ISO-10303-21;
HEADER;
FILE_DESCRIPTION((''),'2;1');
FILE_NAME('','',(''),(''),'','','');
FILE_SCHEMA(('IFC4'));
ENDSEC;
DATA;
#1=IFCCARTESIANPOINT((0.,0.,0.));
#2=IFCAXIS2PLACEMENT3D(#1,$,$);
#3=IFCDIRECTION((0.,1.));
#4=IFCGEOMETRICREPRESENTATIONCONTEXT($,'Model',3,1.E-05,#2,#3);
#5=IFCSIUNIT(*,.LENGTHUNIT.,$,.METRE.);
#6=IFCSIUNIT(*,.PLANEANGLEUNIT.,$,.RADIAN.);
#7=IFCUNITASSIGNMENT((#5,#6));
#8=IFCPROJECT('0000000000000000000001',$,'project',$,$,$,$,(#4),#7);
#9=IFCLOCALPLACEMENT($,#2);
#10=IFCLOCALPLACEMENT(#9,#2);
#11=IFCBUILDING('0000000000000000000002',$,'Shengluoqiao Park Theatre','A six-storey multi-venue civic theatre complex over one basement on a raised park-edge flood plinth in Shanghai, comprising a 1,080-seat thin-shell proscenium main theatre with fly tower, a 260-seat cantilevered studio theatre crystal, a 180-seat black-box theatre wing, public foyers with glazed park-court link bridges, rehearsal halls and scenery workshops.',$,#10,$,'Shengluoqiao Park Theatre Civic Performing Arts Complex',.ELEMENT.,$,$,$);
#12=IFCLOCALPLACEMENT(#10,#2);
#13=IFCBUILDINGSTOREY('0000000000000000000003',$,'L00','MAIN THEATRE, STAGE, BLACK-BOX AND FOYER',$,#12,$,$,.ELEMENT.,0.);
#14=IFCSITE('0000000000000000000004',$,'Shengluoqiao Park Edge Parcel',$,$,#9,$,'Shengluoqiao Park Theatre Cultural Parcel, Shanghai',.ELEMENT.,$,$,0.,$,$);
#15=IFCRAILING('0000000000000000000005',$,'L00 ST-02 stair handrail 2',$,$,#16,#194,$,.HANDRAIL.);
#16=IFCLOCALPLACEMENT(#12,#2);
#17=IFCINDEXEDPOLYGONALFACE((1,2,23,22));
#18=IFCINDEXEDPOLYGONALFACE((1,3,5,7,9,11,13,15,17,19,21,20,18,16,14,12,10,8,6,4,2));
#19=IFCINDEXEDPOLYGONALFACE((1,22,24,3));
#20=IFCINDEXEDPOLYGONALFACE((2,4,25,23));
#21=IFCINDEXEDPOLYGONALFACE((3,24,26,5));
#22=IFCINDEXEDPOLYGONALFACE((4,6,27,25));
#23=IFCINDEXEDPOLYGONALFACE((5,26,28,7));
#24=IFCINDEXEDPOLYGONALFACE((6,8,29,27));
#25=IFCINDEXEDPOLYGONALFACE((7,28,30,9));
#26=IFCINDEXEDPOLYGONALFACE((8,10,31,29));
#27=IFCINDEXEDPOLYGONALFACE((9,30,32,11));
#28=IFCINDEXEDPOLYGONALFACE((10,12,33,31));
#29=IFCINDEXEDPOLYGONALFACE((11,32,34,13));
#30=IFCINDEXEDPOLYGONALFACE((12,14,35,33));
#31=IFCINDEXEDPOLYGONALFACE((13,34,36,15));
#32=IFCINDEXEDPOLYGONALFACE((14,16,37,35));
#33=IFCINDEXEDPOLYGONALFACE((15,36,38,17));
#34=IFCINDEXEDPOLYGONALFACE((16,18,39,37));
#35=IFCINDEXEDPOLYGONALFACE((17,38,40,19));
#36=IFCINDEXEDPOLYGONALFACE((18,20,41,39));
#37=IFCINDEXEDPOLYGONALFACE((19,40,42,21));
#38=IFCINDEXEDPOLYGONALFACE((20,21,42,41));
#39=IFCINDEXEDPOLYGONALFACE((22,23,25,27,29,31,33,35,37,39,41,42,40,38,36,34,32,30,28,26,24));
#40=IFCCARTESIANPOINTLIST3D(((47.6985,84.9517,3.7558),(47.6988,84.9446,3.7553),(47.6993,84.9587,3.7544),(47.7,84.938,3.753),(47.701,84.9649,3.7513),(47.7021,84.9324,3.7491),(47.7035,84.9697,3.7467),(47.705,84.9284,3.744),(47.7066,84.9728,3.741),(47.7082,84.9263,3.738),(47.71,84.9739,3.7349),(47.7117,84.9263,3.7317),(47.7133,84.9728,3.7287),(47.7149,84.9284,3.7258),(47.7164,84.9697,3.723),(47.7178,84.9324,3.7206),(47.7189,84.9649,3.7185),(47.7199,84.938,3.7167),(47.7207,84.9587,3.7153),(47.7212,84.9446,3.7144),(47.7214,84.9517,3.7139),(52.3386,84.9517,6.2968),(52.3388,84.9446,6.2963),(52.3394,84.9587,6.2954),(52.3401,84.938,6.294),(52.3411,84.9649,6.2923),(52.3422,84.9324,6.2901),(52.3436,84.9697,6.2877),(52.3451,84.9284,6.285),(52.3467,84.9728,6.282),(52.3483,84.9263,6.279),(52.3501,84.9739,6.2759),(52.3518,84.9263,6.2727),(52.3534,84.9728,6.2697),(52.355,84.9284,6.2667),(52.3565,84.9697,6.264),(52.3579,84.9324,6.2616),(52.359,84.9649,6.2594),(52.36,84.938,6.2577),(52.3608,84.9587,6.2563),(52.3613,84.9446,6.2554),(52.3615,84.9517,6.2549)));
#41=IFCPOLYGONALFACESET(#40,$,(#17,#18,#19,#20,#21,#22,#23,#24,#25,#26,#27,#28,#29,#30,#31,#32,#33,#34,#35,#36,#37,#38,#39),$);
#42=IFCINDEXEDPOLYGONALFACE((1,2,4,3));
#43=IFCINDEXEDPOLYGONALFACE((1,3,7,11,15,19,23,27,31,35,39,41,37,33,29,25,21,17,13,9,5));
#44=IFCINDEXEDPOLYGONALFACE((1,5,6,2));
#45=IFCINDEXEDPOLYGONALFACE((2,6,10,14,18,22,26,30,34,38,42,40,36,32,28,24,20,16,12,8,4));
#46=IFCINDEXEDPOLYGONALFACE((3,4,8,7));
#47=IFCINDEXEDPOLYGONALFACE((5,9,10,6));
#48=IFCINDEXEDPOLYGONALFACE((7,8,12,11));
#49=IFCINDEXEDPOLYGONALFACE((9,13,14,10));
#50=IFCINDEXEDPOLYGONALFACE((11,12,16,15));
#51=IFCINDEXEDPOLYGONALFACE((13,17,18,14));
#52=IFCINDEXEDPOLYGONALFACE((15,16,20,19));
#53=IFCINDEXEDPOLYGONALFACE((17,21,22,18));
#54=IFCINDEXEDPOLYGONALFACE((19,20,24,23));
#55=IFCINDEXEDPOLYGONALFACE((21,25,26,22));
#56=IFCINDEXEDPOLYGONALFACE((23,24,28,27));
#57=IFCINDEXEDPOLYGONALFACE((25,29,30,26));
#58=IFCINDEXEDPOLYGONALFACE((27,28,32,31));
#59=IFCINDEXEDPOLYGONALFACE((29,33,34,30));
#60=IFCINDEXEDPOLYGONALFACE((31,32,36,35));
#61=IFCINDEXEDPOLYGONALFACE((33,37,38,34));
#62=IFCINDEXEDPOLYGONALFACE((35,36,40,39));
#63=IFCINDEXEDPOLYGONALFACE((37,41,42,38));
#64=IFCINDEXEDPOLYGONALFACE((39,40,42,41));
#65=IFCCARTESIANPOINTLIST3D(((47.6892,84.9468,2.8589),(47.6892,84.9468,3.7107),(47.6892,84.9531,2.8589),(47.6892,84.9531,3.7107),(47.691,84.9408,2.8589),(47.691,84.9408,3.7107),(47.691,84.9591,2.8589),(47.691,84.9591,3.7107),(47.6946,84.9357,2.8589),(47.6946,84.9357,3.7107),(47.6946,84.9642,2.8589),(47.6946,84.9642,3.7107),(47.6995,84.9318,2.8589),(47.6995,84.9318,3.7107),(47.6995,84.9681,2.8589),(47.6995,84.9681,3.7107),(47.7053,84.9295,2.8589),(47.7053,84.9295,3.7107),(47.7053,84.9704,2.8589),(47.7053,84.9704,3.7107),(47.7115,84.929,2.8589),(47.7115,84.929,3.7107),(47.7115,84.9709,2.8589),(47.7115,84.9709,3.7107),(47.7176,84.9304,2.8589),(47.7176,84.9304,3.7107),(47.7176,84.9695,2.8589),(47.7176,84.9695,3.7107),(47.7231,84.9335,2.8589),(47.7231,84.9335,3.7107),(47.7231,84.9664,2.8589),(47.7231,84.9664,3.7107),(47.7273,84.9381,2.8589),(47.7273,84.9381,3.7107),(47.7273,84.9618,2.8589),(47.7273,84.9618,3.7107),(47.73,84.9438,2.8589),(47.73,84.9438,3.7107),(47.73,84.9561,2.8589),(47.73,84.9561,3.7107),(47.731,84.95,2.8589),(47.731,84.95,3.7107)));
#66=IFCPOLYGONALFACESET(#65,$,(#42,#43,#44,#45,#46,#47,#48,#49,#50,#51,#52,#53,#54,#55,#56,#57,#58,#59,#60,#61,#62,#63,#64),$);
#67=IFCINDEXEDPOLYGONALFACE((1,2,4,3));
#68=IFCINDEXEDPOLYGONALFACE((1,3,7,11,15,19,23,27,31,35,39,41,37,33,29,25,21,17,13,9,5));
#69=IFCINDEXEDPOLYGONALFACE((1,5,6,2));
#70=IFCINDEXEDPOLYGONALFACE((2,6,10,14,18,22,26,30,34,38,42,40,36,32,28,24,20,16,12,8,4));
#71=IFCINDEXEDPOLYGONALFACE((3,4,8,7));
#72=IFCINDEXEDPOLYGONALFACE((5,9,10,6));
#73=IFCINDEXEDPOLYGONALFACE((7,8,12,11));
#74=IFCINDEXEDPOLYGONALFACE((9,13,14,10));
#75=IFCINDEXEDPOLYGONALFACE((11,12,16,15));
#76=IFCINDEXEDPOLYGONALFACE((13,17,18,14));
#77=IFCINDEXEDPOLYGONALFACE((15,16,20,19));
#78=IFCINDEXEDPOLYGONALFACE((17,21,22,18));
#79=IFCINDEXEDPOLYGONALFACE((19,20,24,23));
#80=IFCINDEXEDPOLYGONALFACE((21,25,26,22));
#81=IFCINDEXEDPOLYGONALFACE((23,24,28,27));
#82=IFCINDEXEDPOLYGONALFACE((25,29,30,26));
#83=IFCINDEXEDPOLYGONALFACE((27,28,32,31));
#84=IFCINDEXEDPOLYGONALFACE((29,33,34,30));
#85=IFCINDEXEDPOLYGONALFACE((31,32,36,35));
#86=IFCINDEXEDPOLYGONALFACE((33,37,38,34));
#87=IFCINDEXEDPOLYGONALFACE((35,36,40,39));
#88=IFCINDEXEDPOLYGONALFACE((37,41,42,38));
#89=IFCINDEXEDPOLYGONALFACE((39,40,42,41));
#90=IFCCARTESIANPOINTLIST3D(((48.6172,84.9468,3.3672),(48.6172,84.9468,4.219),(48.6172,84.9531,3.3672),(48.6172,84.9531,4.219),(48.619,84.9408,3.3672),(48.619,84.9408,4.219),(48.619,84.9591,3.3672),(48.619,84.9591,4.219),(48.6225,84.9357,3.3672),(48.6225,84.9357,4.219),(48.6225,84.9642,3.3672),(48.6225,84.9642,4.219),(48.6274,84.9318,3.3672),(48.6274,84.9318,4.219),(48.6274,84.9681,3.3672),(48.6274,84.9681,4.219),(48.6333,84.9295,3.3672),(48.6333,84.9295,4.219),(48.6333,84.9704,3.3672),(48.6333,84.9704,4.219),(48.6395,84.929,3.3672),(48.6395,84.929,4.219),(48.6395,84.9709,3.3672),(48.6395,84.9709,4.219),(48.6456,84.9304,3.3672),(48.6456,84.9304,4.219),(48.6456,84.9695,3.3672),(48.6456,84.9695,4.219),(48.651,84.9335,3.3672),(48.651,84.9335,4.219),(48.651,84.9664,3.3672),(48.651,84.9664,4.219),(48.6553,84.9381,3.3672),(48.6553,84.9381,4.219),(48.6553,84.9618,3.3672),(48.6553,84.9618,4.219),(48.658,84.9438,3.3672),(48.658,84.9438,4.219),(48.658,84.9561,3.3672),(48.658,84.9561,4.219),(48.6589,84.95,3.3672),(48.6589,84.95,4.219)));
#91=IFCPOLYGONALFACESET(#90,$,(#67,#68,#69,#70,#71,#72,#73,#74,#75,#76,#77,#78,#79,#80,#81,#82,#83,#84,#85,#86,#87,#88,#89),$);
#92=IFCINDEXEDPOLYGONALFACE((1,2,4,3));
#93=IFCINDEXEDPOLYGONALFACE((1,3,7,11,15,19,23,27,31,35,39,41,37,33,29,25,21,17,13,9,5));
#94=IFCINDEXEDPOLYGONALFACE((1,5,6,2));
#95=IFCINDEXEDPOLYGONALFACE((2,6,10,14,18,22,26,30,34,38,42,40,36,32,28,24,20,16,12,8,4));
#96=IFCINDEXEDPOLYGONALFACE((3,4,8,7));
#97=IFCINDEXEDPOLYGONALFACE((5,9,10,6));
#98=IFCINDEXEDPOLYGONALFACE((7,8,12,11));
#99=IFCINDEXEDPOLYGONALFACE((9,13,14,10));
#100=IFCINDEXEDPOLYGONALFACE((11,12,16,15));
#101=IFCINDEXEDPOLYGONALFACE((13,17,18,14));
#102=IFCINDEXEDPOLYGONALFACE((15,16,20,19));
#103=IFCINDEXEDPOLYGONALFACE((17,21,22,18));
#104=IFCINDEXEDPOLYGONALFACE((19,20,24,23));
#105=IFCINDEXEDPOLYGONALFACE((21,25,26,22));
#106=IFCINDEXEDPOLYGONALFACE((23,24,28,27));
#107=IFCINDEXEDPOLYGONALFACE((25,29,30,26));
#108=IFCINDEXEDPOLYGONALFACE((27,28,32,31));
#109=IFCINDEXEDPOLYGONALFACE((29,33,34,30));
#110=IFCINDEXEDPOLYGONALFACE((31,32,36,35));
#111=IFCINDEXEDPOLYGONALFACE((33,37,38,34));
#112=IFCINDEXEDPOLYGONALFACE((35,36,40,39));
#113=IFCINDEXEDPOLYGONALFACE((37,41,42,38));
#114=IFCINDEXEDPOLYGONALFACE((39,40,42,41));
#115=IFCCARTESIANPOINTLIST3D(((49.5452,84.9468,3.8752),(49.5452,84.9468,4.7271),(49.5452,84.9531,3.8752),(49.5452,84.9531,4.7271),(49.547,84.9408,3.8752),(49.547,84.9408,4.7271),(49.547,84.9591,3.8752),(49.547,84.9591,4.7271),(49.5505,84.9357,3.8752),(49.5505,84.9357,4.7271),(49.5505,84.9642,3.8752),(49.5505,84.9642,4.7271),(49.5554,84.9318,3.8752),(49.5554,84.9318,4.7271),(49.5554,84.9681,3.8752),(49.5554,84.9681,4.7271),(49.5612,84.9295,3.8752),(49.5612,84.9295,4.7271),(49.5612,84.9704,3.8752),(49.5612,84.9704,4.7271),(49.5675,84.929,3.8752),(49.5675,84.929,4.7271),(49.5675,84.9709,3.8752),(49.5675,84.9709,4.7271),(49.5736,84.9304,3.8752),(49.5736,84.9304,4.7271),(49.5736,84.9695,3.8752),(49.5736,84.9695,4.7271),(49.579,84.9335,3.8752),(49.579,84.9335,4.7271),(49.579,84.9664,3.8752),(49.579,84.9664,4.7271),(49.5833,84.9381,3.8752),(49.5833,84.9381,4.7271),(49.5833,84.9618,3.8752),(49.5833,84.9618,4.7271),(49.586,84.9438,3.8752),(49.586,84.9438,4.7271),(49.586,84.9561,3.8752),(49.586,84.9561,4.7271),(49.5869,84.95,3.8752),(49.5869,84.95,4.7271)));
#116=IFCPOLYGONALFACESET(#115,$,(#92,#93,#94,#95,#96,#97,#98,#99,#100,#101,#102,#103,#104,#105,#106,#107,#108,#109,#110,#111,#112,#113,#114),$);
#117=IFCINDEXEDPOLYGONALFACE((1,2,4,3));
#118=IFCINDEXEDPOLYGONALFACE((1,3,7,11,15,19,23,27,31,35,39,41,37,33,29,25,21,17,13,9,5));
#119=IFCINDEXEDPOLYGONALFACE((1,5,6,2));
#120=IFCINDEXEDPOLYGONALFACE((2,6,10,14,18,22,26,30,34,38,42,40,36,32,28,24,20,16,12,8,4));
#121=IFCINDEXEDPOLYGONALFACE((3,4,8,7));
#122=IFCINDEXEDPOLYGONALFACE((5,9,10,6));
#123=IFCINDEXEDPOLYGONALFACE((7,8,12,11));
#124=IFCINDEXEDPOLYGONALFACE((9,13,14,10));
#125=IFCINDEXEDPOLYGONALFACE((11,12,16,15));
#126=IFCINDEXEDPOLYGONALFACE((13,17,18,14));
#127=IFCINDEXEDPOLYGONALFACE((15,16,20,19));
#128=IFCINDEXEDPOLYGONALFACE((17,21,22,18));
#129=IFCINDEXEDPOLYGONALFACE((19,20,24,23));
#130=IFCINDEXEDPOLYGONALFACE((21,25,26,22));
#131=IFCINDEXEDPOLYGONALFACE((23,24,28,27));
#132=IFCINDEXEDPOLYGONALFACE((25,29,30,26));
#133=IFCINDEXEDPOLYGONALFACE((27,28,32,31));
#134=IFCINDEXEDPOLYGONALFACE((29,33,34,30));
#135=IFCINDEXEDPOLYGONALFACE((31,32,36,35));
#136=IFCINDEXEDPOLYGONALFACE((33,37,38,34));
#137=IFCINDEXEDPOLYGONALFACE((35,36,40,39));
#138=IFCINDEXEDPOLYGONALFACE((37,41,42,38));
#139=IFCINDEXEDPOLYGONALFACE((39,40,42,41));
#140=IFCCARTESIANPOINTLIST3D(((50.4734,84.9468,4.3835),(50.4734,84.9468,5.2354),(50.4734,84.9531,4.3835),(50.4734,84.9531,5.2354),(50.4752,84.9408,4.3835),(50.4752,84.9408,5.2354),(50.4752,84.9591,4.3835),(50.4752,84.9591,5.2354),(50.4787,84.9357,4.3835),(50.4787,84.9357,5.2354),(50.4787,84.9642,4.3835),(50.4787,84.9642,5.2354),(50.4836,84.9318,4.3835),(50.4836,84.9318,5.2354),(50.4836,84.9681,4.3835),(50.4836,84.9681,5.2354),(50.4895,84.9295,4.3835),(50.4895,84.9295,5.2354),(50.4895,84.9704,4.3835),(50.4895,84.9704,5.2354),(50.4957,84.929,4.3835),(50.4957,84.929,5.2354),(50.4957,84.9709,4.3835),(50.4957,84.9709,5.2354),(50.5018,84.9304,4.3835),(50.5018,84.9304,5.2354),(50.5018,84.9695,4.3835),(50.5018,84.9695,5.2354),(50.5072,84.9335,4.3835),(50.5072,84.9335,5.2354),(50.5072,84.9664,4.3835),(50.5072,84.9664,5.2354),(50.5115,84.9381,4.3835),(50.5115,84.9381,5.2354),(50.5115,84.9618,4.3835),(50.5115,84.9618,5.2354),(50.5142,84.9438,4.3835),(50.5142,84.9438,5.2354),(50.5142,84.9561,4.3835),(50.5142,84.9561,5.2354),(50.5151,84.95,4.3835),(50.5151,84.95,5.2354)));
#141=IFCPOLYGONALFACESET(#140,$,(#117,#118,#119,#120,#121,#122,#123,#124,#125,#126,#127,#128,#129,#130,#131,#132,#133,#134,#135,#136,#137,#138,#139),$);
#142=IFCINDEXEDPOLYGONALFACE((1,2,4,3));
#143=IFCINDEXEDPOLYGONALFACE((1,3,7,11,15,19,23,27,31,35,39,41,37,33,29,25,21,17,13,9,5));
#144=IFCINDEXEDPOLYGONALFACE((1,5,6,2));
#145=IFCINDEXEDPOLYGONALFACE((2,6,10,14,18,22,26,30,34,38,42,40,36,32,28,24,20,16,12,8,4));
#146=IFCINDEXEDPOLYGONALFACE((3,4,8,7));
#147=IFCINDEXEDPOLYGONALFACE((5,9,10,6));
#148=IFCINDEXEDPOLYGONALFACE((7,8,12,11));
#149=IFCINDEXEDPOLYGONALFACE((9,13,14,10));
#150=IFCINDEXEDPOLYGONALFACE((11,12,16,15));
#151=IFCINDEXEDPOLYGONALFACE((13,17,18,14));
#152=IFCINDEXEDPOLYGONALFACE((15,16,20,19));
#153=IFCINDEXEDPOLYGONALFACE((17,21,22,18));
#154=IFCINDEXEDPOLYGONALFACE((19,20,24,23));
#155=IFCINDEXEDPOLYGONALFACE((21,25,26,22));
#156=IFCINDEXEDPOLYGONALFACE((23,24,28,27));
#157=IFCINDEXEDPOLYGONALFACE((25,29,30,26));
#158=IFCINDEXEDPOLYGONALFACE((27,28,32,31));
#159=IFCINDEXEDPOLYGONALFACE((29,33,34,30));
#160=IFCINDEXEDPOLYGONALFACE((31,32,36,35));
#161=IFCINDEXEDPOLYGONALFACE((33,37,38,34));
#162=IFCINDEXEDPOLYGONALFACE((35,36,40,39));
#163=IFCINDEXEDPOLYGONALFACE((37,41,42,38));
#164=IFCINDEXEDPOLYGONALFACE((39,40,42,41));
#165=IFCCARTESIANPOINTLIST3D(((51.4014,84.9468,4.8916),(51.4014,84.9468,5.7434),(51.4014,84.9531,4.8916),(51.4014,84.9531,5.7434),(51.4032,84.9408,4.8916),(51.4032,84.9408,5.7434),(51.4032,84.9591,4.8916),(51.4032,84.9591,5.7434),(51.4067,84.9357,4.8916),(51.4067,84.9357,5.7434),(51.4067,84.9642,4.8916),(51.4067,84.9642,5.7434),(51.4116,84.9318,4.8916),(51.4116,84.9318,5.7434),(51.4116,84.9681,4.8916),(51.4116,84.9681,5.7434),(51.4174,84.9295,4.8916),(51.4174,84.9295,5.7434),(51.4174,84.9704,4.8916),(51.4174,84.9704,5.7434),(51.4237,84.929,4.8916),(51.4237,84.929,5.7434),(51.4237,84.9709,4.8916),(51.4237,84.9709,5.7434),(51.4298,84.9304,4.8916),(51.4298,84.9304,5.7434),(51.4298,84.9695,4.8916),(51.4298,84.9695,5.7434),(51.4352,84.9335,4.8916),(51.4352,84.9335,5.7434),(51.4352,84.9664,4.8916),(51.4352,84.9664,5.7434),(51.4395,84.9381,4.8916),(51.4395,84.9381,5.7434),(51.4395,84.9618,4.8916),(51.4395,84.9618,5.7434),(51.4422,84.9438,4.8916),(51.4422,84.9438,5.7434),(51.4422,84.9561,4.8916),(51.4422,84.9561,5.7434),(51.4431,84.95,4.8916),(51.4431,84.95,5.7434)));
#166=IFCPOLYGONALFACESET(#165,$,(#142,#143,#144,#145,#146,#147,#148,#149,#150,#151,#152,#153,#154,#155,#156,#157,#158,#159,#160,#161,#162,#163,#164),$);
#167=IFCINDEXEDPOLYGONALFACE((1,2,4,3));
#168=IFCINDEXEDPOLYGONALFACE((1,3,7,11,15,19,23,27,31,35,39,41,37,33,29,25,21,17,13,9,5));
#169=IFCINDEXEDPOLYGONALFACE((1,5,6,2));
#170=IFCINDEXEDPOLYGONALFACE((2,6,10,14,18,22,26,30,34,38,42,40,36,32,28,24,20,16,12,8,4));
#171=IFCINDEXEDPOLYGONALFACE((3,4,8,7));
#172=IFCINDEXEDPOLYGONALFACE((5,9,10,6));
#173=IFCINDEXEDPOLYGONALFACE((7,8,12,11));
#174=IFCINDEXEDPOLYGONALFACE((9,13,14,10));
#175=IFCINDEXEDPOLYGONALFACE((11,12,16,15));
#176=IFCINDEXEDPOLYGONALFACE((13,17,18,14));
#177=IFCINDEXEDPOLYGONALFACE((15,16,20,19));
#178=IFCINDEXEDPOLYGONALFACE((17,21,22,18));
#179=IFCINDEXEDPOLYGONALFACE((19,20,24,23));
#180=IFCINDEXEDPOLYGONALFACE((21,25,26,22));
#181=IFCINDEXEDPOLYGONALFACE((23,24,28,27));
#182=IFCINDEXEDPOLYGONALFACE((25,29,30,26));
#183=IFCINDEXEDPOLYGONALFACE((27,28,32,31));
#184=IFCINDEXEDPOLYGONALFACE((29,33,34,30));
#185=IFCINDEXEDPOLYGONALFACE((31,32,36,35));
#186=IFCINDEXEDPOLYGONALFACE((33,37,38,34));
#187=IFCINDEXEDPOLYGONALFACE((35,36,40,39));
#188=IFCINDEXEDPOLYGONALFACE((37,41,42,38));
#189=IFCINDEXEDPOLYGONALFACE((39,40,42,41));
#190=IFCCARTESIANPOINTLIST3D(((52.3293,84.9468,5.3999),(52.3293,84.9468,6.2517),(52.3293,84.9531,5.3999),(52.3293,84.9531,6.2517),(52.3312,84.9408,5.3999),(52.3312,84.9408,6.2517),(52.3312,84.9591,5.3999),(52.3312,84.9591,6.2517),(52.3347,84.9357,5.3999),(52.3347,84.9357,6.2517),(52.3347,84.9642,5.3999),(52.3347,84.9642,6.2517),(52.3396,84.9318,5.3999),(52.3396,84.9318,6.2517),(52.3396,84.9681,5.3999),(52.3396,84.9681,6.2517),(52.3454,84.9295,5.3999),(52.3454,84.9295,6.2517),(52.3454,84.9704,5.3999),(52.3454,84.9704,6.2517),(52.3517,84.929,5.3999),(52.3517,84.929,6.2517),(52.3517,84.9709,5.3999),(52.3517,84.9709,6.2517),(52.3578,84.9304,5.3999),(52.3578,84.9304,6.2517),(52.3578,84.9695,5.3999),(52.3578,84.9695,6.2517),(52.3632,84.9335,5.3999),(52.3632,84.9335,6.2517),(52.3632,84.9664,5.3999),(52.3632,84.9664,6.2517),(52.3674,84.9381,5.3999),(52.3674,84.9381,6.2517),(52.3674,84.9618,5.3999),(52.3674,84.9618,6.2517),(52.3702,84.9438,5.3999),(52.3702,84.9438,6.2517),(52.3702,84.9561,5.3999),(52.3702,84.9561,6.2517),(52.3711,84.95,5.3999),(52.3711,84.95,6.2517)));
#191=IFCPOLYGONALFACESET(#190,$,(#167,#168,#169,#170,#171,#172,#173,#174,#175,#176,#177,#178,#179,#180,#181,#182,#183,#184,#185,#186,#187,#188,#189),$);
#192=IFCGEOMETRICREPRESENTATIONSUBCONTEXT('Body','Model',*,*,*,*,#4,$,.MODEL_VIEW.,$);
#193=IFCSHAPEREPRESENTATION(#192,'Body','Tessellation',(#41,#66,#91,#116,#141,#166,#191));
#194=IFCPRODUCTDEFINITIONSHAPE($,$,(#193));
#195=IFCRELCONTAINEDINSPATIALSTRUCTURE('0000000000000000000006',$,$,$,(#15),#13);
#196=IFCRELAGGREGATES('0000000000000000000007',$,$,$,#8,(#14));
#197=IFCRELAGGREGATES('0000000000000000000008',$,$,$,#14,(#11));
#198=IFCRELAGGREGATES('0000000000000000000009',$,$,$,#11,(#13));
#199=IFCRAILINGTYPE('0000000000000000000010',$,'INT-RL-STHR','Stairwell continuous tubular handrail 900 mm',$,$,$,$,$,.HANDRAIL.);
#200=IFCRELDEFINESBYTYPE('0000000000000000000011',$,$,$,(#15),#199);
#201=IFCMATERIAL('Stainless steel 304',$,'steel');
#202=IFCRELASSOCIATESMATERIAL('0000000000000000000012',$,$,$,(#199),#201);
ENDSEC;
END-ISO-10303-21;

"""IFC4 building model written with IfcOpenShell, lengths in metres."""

from ifc_helpers import new_model, si_unit, direction, frame, origin, origin_2d, place, context, subcontext, project, spatial, circle, extrude, material, type_object, element, save


model = new_model("IFC4")

# Units and contexts
model_context = context("Model", 3, precision=1e-05, world=origin(), true_north=direction((0.0, 1.0)))
body_context = subcontext(model_context, "Body", "Model", "MODEL_VIEW")
ifc_project = project(units=[si_unit("LENGTHUNIT", "METRE"), si_unit("PLANEANGLEUNIT", "RADIAN")], contexts=[model_context])

# Site, building, storey
site_placement = place(None, origin())
site = spatial("IfcSite", under=ifc_project, at=site_placement, Name="Shengluoqiao Park Edge Parcel", LongName="Shengluoqiao Park Theatre Cultural Parcel, Shanghai", CompositionType="ELEMENT", RefElevation=0.0)
building_placement = place(site_placement, origin())
building = spatial("IfcBuilding", under=site, at=building_placement, Name="Shengluoqiao Park Theatre", Description="A six-storey multi-venue civic theatre complex over one basement on a raised park-edge flood plinth in Shanghai, comprising a 1,080-seat thin-shell proscenium main theatre with fly tower, a 260-seat cantilevered studio theatre crystal, a 180-seat black-box theatre wing, public foyers with glazed park-court link bridges, rehearsal halls and scenery workshops.", LongName="Shengluoqiao Park Theatre Civic Performing Arts Complex", CompositionType="ELEMENT")
storey_placement = place(building_placement, origin())
storey = spatial("IfcBuildingStorey", under=building, at=storey_placement, Name="L00", Description="MAIN THEATRE, STAGE, BLACK-BOX AND FOYER", CompositionType="ELEMENT", Elevation=0.0)

# Railing
ifc_material_1 = material(Name="Stainless steel 304", Category="steel")
railing_type_1 = type_object("IfcRailingType", Name="INT-RL-STHR", Description="Stairwell continuous tubular handrail 900 mm", PredefinedType="HANDRAIL", material=ifc_material_1)
railing_1_placement = place(storey_placement, frame((47.71, 84.95, 2.8589)))
element("IfcRailing", 1, at=railing_1_placement, inside=storey, type_object=railing_type_1, Name="L00 ST-02 stair handrail 2", PredefinedType="HANDRAIL", context=body_context, shape_type="SweptSolid", body=[
    extrude(circle(Radius=0.0239, at=origin_2d()), frame((0.0, 0.0, 0.876), z_axis=(0.877097, 0.0, 0.480313), x_axis=(0.0, 1.0, 0.0)), (0.0, 0.0, 1.0), 5.2903),
    extrude(circle(Radius=0.021, at=origin_2d()), origin(), (0.0, 0.0, 1.0), 0.8518),
    extrude(circle(Radius=0.021, at=origin_2d()), frame((0.928, 0.0, 0.5083)), (0.0, 0.0, 1.0), 0.8518),
    extrude(circle(Radius=0.021, at=origin_2d()), frame((1.856, 0.0, 1.0164)), (0.0, 0.0, 1.0), 0.8518),
    extrude(circle(Radius=0.021, at=origin_2d()), frame((2.7842, 0.0, 1.5247)), (0.0, 0.0, 1.0), 0.8518),
    extrude(circle(Radius=0.021, at=origin_2d()), frame((3.7122, 0.0, 2.0327)), (0.0, 0.0, 1.0), 0.8518),
    extrude(circle(Radius=0.021, at=origin_2d()), frame((4.6401, 0.0, 2.541)), (0.0, 0.0, 1.0), 0.8518),
])

save(model, "model.ifc")
